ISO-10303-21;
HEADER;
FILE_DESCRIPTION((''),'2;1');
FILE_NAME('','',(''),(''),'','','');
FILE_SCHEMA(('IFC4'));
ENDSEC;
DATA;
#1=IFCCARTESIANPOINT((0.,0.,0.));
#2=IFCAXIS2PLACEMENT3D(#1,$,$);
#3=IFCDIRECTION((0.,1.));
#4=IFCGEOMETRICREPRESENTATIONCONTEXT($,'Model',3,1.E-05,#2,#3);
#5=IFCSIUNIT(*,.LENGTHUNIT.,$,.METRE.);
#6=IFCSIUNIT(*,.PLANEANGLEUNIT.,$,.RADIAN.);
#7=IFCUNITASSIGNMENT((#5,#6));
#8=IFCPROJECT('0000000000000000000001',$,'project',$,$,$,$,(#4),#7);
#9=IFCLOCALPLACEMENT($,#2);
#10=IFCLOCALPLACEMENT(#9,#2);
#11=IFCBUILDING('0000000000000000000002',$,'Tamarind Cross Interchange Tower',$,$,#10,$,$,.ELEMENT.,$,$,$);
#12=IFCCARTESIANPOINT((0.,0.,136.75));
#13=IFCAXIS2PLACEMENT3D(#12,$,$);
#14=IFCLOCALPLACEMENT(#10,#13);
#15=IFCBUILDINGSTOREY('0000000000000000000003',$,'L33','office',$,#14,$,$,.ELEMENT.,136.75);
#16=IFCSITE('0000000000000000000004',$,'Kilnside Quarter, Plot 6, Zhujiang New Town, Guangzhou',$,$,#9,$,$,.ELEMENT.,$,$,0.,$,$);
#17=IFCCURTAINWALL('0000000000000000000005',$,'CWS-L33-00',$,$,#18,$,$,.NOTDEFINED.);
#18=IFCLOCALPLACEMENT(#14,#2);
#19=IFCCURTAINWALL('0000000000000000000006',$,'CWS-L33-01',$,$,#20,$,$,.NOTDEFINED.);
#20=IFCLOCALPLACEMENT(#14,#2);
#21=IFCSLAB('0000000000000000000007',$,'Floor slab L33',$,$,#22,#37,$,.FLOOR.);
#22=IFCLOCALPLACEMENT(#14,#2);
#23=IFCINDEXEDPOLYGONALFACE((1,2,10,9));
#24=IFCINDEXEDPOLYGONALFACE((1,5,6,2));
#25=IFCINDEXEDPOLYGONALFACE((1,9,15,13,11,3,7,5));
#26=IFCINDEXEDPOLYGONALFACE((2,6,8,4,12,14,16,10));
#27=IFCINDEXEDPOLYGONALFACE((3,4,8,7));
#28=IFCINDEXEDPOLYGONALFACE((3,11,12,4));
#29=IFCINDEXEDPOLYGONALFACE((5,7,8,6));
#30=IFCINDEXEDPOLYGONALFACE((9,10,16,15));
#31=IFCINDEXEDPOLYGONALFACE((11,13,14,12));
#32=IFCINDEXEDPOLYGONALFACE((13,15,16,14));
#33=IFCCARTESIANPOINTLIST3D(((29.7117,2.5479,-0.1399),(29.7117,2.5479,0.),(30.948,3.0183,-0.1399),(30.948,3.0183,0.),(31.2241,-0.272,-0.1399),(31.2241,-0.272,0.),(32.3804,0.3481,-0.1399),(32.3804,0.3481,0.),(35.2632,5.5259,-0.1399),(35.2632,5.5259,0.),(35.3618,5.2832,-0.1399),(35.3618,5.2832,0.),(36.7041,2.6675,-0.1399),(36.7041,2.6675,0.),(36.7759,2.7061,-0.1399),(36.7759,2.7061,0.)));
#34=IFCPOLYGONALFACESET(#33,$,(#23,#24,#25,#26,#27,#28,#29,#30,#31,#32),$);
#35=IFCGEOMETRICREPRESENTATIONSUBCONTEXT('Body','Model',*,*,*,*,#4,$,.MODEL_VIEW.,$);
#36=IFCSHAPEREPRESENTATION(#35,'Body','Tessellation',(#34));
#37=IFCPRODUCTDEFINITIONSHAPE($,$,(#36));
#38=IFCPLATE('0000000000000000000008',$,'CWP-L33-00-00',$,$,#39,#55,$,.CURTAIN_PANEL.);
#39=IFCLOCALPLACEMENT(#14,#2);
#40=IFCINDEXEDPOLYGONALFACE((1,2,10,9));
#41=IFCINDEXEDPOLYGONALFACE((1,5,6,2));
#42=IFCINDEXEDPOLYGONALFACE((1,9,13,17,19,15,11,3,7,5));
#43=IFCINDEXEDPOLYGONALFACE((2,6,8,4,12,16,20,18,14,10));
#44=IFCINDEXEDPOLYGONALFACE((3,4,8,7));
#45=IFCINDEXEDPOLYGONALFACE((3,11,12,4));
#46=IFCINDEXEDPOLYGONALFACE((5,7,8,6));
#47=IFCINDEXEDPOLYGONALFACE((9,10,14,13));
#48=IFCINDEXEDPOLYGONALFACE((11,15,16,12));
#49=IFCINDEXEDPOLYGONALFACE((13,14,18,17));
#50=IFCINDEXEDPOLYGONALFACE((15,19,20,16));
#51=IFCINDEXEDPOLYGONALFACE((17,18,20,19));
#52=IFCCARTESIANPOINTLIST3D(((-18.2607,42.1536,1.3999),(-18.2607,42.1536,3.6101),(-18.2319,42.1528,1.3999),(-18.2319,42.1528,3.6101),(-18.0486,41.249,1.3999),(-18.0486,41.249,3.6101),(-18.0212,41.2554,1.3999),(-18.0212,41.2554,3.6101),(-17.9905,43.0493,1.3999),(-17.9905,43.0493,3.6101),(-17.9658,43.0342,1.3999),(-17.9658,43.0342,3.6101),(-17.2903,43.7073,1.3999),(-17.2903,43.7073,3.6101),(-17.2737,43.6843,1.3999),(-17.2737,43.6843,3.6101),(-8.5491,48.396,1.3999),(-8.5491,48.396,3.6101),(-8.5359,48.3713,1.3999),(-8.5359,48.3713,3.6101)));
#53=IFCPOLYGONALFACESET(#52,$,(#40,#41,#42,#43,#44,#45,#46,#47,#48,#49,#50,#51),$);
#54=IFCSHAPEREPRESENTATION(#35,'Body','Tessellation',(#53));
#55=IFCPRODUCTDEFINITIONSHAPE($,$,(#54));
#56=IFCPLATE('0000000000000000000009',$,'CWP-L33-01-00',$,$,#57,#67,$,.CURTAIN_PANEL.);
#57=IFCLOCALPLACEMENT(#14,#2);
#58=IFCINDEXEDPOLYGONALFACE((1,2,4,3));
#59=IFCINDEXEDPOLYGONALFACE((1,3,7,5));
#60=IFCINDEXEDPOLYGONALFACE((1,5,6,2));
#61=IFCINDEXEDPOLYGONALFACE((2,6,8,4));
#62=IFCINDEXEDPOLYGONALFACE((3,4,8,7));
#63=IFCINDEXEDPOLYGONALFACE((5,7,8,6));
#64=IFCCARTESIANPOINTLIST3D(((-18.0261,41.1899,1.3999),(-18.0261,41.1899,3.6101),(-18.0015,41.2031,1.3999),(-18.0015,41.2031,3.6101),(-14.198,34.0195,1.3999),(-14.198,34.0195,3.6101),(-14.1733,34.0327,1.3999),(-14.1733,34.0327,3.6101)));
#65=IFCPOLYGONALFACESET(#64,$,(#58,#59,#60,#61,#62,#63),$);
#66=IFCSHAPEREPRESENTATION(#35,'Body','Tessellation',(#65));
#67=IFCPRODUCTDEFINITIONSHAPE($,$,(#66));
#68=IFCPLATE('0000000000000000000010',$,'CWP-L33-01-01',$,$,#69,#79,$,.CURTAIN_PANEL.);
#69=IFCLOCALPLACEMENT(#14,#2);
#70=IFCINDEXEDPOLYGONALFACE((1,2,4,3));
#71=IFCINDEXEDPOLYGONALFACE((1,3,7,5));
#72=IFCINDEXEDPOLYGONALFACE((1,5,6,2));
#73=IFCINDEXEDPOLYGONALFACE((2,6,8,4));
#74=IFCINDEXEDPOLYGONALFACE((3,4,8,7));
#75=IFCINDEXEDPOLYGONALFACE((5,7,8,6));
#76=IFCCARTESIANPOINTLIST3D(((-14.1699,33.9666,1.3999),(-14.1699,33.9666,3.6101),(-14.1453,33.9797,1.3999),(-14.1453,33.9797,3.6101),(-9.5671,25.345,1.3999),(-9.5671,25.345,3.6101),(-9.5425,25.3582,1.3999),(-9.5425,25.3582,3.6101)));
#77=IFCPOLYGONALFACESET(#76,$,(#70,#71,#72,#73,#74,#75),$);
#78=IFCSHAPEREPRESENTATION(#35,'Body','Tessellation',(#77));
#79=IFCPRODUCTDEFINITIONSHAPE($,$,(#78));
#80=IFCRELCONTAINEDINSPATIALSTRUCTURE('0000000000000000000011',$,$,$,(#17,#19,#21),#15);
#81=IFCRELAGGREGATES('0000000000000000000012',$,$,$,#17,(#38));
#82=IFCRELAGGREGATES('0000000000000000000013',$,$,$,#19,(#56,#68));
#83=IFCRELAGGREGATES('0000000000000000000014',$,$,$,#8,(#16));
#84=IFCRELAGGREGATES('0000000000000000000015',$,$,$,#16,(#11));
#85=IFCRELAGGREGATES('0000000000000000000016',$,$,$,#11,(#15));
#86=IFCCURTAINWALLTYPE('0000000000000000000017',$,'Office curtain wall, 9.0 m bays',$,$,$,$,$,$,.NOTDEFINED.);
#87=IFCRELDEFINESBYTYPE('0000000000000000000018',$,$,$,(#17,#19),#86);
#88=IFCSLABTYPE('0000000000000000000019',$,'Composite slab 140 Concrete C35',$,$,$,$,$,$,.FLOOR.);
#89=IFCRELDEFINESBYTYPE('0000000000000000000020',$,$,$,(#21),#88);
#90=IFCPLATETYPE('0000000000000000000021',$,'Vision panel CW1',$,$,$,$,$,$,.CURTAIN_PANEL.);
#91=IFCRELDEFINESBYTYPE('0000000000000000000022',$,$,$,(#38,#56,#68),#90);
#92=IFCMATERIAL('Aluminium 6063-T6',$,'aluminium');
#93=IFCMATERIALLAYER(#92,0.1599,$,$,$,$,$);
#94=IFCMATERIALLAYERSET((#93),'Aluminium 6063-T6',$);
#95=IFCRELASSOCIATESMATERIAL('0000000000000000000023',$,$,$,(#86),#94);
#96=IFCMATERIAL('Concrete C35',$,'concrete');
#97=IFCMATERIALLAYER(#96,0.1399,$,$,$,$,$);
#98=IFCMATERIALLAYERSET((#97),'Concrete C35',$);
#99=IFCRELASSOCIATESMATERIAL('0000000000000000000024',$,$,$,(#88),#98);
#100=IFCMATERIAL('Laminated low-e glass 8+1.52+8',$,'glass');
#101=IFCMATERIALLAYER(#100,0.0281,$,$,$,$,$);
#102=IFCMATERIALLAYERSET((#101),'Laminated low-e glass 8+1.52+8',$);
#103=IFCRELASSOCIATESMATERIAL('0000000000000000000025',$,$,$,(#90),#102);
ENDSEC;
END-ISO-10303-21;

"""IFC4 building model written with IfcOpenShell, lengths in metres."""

from ifc_helpers import new_model, si_unit, direction, frame, origin, place, context, subcontext, project, spatial, polyline, outline, extrude, material, layer, layer_set, type_object, element, aggregate, save


model = new_model("IFC4")

# Units and contexts
model_context = context("Model", 3, precision=1e-05, world=origin(), true_north=direction((0.0, 1.0)))
body_context = subcontext(model_context, "Body", "Model", "MODEL_VIEW")
ifc_project = project(units=[si_unit("LENGTHUNIT", "METRE"), si_unit("PLANEANGLEUNIT", "RADIAN")], contexts=[model_context])

# Site, building, storey
site_placement = place(None, origin())
site = spatial("IfcSite", under=ifc_project, at=site_placement, Name="Kilnside Quarter, Plot 6, Zhujiang New Town, Guangzhou", CompositionType="ELEMENT", RefElevation=0.0)
building_placement = place(site_placement, origin())
building = spatial("IfcBuilding", under=site, at=building_placement, Name="Tamarind Cross Interchange Tower", CompositionType="ELEMENT")
storey_placement = place(building_placement, frame((0.0, 0.0, 136.75)))
storey = spatial("IfcBuildingStorey", under=building, at=storey_placement, Name="L33", Description="office", CompositionType="ELEMENT", Elevation=136.75)

# Curtain walls
ifc_material_1 = material(Name="Aluminium 6063-T6", Category="aluminium")
ifc_layer_1 = layer(ifc_material_1, 0.1599)
ifc_layer_set_1 = layer_set([ifc_layer_1], Name="Aluminium 6063-T6")
curtain_wall_type = type_object("IfcCurtainWallType", Name="Office curtain wall, 9.0 m bays", PredefinedType="NOTDEFINED", material=ifc_layer_set_1)
curtain_wall_1_placement = place(storey_placement, origin())
curtain_wall_1 = element("IfcCurtainWall", 1, at=curtain_wall_1_placement, inside=storey, type_object=curtain_wall_type, Name="CWS-L33-00", PredefinedType="NOTDEFINED")
curtain_wall_2_placement = place(storey_placement, origin())
curtain_wall_2 = element("IfcCurtainWall", 2, at=curtain_wall_2_placement, inside=storey, type_object=curtain_wall_type, Name="CWS-L33-01", PredefinedType="NOTDEFINED")

# Slab
ifc_material_2 = material(Name="Concrete C35", Category="concrete")
ifc_layer_2 = layer(ifc_material_2, 0.1399)
ifc_layer_set_2 = layer_set([ifc_layer_2], Name="Concrete C35")
slab_type = type_object("IfcSlabType", Name="Composite slab 140 Concrete C35", PredefinedType="FLOOR", material=ifc_layer_set_2)
slab_1_placement = place(storey_placement, frame((0.0, 0.0, -0.1399)))
element("IfcSlab", 3, at=slab_1_placement, inside=storey, type_object=slab_type, Name="Floor slab L33", PredefinedType="FLOOR", context=body_context, shape_type="SweptSolid", body=[
    extrude(outline(polyline([(36.7759, 2.7061), (35.2632, 5.5259), (29.7117, 2.5479), (31.2241, -0.272), (32.3804, 0.3481), (30.948, 3.0183), (35.3618, 5.2832), (36.7041, 2.6675), (36.7759, 2.7061)])), origin(), (0.0, 0.0, 1.0), 0.1399),
])

# Plates
ifc_material_3 = material(Name="Laminated low-e glass 8+1.52+8", Category="glass")
ifc_layer_3 = layer(ifc_material_3, 0.0281)
ifc_layer_set_3 = layer_set([ifc_layer_3], Name="Laminated low-e glass 8+1.52+8")
plate_type = type_object("IfcPlateType", Name="Vision panel CW1", PredefinedType="CURTAIN_PANEL", material=ifc_layer_set_3)
plate_1_placement = place(storey_placement, frame((0.0, 0.0, 1.3999)))
plate_1 = element("IfcPlate", 4, at=plate_1_placement, type_object=plate_type, Name="CWP-L33-00-00", PredefinedType="CURTAIN_PANEL", context=body_context, shape_type="SweptSolid", body=[
    extrude(outline(polyline([(-8.5359, 48.3713), (-17.2737, 43.6843), (-17.9658, 43.0342), (-18.2319, 42.1528), (-18.0212, 41.2554), (-18.0486, 41.249), (-18.2607, 42.1536), (-17.9905, 43.0493), (-17.2903, 43.7073), (-8.5491, 48.396), (-8.5359, 48.3713)])), origin(), (0.0, 0.0, 1.0), 2.2102),
])
aggregate(curtain_wall_1, [plate_1])
plate_2_placement = place(storey_placement, frame((0.0, 0.0, 1.3999)))
plate_2 = element("IfcPlate", 5, at=plate_2_placement, type_object=plate_type, Name="CWP-L33-01-00", PredefinedType="CURTAIN_PANEL", context=body_context, shape_type="SweptSolid", body=[
    extrude(outline(polyline([(-18.0015, 41.2031), (-14.1733, 34.0327), (-14.198, 34.0195), (-18.0261, 41.1899), (-18.0015, 41.2031)])), origin(), (0.0, 0.0, 1.0), 2.2102),
])
plate_3_placement = place(storey_placement, frame((0.0, 0.0, 1.3999)))
plate_3 = element("IfcPlate", 6, at=plate_3_placement, type_object=plate_type, Name="CWP-L33-01-01", PredefinedType="CURTAIN_PANEL", context=body_context, shape_type="SweptSolid", body=[
    extrude(outline(polyline([(-14.1453, 33.9797), (-9.5425, 25.3582), (-9.5671, 25.345), (-14.1699, 33.9666), (-14.1453, 33.9797)])), origin(), (0.0, 0.0, 1.0), 2.2102),
])
aggregate(curtain_wall_2, [plate_2, plate_3])

save(model, "model.ifc")
